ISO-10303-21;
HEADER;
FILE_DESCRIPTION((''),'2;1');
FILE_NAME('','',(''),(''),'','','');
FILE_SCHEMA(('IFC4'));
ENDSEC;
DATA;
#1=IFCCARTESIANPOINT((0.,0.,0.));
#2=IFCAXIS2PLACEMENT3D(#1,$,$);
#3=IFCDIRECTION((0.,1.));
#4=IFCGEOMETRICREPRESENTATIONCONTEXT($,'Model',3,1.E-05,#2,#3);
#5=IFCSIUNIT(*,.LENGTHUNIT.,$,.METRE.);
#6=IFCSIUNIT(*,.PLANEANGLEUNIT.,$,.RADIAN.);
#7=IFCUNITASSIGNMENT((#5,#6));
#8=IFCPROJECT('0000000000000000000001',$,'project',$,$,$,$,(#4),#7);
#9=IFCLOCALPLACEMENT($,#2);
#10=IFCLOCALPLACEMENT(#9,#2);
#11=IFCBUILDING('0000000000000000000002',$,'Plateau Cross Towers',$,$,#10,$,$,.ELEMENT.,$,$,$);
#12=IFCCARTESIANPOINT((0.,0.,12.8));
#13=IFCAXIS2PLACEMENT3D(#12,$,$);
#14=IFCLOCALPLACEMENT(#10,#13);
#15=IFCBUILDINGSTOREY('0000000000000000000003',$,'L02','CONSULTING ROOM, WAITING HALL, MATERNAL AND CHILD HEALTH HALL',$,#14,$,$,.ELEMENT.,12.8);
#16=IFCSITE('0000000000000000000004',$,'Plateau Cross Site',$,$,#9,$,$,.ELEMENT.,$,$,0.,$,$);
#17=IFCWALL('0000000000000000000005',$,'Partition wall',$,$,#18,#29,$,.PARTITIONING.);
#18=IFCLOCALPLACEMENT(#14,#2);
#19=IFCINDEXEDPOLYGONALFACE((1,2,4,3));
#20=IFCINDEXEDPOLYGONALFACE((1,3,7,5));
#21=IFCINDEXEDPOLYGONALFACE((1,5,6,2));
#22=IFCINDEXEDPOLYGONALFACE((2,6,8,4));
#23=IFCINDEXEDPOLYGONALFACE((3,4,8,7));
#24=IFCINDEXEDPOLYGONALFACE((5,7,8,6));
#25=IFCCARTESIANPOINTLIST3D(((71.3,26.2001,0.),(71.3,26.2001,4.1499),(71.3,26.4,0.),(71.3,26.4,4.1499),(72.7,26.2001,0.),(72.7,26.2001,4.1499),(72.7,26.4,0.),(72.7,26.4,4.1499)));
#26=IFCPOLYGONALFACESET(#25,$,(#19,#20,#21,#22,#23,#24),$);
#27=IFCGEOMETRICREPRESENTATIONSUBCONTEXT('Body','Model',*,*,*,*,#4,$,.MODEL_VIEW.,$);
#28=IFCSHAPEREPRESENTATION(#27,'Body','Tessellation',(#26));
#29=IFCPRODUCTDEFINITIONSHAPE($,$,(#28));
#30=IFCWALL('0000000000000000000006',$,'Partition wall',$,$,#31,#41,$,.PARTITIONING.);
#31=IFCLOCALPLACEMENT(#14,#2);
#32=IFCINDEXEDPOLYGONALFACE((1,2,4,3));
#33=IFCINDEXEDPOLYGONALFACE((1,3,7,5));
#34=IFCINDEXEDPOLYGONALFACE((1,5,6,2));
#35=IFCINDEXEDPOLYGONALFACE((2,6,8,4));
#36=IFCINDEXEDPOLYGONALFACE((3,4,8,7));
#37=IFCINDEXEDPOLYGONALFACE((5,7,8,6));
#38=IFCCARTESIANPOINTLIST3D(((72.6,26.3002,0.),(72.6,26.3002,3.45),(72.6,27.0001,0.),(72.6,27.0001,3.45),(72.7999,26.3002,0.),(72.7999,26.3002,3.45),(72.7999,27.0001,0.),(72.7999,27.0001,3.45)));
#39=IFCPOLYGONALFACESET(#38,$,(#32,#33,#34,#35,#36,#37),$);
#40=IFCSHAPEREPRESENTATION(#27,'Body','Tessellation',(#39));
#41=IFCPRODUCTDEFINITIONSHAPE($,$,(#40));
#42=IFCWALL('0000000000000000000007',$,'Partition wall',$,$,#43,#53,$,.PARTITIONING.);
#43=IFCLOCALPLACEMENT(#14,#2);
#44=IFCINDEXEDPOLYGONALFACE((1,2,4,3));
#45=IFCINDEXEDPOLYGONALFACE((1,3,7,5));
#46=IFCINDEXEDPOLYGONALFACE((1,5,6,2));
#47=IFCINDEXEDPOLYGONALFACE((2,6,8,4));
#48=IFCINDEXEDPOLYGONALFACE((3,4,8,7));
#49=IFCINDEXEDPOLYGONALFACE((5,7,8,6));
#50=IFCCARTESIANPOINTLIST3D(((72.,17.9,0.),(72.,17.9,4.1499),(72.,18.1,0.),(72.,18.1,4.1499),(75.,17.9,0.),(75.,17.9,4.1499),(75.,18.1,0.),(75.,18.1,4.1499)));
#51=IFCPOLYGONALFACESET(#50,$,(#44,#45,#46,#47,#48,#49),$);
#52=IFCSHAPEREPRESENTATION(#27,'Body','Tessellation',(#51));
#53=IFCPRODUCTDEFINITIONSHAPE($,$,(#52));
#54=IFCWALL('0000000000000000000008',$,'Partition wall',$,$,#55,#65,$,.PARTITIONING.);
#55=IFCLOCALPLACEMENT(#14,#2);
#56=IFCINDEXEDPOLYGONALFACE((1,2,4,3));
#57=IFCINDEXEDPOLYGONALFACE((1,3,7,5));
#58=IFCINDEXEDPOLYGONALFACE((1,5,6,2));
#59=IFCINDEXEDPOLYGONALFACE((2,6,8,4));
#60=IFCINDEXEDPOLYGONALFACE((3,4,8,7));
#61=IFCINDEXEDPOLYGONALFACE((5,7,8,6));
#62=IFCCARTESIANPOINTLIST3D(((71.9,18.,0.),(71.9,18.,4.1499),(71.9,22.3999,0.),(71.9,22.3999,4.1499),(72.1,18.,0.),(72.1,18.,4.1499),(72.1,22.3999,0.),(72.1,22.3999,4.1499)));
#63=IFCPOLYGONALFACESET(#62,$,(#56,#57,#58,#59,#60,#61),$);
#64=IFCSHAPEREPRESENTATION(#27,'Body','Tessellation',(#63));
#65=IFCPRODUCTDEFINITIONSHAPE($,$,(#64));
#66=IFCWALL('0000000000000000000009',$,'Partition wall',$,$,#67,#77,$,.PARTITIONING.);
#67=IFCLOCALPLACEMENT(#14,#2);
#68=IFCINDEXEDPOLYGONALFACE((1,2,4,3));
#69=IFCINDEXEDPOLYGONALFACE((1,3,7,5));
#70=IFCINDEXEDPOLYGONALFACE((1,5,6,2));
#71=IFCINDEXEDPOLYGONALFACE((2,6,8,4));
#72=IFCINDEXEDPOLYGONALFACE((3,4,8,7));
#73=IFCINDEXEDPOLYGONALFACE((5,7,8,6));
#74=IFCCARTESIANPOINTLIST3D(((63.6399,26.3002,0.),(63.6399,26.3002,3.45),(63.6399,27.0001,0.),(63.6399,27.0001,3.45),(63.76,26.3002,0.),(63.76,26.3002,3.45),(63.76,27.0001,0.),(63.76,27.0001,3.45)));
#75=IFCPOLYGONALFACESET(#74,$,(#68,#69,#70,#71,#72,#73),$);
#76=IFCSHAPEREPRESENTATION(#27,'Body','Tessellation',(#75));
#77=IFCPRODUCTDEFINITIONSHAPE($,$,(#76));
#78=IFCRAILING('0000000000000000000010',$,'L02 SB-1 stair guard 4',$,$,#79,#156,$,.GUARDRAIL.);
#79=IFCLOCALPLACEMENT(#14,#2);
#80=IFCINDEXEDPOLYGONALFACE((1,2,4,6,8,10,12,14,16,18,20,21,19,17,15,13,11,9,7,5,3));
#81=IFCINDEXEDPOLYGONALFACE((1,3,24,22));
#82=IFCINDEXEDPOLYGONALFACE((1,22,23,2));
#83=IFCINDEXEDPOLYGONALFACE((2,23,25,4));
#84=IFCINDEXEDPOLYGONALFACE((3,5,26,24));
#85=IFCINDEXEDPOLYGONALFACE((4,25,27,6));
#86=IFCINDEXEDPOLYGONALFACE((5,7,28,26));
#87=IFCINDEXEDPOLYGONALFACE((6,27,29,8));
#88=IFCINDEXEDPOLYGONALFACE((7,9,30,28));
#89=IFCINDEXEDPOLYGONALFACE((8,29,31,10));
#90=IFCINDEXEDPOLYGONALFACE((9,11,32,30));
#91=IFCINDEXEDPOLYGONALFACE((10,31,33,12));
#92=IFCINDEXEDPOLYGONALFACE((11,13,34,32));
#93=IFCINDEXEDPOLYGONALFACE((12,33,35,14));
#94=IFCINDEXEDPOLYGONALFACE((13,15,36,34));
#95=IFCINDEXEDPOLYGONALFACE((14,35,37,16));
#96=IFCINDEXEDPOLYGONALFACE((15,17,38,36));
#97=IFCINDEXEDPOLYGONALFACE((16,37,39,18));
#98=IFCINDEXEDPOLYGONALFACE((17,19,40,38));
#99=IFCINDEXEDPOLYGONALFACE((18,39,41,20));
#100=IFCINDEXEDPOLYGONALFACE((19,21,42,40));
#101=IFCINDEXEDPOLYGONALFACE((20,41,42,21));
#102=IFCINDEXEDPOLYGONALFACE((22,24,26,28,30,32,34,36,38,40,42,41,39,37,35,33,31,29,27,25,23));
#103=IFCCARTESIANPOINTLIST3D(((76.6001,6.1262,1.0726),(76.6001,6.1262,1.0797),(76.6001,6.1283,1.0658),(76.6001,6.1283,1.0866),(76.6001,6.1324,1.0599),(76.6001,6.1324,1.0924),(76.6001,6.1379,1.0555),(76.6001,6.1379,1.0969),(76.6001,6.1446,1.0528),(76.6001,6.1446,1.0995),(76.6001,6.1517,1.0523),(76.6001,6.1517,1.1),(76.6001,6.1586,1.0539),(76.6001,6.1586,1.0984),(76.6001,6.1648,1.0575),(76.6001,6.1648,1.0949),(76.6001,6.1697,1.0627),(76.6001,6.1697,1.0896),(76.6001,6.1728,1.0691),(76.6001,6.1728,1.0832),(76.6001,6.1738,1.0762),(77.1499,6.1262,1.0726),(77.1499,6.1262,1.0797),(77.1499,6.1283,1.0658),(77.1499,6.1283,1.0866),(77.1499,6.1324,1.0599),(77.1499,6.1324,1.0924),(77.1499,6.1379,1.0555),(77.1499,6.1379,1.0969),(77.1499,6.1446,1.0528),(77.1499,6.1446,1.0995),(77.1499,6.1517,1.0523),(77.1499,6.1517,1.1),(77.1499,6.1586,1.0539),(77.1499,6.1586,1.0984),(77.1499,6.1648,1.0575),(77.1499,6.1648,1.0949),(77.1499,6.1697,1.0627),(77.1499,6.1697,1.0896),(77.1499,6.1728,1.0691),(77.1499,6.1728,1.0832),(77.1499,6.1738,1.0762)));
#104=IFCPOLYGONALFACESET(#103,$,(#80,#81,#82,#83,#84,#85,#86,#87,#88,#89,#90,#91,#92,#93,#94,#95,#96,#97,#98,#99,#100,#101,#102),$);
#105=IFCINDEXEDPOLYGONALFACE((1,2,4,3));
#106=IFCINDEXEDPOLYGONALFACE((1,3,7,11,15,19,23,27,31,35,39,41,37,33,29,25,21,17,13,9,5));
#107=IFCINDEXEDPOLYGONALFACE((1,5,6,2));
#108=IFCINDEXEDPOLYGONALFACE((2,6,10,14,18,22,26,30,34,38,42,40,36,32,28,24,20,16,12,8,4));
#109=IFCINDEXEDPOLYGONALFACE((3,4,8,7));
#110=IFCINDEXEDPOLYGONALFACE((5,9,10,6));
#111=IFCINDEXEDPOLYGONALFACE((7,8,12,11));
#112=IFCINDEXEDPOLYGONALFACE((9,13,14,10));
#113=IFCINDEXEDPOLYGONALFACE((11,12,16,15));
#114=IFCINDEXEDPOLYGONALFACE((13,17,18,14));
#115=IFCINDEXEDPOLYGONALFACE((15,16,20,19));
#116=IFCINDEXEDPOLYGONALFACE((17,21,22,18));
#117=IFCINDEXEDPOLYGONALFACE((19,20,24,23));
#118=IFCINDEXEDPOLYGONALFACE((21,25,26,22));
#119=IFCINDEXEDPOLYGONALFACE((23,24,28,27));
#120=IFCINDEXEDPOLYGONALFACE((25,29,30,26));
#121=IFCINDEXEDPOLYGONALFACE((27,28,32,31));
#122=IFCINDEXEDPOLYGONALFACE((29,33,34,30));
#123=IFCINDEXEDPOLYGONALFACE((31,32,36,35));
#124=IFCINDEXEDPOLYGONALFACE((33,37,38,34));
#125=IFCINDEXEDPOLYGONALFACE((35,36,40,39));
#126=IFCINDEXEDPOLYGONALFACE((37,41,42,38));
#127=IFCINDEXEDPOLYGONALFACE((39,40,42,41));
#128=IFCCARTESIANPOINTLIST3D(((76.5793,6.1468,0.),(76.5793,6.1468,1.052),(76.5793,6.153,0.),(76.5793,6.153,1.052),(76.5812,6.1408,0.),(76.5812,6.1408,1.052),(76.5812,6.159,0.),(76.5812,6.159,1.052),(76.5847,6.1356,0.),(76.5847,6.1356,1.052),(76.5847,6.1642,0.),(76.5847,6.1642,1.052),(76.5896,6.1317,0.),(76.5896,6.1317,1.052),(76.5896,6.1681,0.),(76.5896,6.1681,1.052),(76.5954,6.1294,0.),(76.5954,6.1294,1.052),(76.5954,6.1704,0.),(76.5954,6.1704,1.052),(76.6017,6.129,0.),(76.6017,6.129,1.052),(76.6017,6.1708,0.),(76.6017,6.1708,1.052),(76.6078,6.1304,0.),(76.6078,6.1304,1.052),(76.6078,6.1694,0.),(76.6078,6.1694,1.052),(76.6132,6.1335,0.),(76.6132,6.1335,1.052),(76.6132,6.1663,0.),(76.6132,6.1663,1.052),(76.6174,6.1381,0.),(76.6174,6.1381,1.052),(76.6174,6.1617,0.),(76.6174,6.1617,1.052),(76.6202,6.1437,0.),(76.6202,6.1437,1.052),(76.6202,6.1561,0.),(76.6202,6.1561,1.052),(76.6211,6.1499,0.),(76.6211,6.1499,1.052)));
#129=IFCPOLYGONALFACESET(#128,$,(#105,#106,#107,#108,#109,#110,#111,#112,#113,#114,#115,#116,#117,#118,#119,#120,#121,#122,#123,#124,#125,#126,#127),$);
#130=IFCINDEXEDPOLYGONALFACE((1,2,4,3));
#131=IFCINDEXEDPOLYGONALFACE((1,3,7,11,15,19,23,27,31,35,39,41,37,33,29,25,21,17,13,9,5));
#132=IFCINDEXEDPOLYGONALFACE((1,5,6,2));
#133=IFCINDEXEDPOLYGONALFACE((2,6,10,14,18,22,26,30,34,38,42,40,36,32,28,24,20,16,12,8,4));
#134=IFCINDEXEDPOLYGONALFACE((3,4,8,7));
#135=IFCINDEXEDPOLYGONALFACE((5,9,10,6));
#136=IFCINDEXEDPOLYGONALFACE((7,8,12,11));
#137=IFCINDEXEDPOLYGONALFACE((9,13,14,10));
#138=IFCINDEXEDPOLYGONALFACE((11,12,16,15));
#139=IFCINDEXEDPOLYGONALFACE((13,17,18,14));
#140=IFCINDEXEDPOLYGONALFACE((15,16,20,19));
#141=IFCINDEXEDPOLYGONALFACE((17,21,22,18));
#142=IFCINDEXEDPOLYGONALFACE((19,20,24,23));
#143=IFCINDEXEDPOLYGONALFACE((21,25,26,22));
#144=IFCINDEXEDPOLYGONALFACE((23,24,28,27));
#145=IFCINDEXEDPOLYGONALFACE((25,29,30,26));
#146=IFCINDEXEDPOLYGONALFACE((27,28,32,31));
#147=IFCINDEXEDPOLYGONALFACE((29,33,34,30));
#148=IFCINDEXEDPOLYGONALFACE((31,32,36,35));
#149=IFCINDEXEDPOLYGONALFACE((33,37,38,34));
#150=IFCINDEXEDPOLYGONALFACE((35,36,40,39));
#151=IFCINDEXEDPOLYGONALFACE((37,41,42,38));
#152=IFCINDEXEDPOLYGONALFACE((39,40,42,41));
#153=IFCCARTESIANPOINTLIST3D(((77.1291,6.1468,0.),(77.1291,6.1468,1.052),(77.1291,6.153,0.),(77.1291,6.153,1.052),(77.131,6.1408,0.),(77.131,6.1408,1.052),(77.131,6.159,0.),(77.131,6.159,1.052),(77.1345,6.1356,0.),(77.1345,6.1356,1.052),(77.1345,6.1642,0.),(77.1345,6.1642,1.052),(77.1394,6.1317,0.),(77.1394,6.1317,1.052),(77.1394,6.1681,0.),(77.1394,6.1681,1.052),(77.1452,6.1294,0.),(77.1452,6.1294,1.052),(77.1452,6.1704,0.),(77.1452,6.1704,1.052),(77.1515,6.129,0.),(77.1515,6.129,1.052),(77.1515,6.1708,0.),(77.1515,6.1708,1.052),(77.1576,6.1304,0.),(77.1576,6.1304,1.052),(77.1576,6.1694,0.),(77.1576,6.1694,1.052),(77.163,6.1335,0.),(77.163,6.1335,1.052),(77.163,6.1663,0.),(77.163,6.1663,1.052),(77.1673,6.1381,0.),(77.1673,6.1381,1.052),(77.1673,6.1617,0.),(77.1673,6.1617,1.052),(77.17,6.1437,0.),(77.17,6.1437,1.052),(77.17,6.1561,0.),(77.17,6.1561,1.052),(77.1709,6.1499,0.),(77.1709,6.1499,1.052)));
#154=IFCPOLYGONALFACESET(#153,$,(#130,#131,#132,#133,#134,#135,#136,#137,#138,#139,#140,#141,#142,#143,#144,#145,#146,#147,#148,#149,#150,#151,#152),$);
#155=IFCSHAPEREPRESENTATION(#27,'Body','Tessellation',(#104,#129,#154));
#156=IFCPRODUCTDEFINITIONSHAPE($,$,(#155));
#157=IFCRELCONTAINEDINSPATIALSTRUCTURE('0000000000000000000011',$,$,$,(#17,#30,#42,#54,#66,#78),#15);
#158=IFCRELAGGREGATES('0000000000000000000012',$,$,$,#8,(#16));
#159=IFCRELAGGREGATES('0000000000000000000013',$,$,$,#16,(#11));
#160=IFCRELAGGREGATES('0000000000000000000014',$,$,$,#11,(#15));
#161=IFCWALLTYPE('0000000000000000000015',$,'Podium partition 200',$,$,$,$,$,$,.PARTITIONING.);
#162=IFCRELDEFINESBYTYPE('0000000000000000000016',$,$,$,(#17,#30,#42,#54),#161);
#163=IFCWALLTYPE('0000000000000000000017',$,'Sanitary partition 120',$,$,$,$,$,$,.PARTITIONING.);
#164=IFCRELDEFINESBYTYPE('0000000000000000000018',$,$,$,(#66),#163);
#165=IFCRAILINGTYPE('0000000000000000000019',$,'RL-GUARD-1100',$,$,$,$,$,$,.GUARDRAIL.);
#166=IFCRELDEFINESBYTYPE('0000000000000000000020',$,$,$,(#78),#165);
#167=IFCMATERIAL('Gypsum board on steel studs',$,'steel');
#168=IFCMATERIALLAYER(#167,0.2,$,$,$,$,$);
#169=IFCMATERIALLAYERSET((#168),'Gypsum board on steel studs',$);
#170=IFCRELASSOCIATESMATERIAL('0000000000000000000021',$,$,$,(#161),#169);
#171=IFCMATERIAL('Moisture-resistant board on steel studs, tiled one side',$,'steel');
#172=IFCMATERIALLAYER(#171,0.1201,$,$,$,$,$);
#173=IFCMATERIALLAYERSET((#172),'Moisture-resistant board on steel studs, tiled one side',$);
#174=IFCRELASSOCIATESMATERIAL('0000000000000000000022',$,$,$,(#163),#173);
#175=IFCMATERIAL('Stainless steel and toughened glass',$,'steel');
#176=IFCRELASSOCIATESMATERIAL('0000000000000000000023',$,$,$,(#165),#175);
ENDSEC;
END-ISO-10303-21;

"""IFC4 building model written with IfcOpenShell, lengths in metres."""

from ifc_helpers import new_model, si_unit, direction, frame, frame_2d, origin, origin_2d, place, context, subcontext, project, spatial, rectangle, circle, extrude, material, layer, layer_set, type_object, element, save


model = new_model("IFC4")

# Units and contexts
model_context = context("Model", 3, precision=1e-05, world=origin(), true_north=direction((0.0, 1.0)))
body_context = subcontext(model_context, "Body", "Model", "MODEL_VIEW")
ifc_project = project(units=[si_unit("LENGTHUNIT", "METRE"), si_unit("PLANEANGLEUNIT", "RADIAN")], contexts=[model_context])

# Site, building, storey
site_placement = place(None, origin())
site = spatial("IfcSite", under=ifc_project, at=site_placement, Name="Plateau Cross Site", CompositionType="ELEMENT", RefElevation=0.0)
building_placement = place(site_placement, origin())
building = spatial("IfcBuilding", under=site, at=building_placement, Name="Plateau Cross Towers", CompositionType="ELEMENT")
storey_placement = place(building_placement, frame((0.0, 0.0, 12.8)))
storey = spatial("IfcBuildingStorey", under=building, at=storey_placement, Name="L02", Description="CONSULTING ROOM, WAITING HALL, MATERNAL AND CHILD HEALTH HALL", CompositionType="ELEMENT", Elevation=12.8)

# Shared definitions
ifc_material_1 = material(Name="Gypsum board on steel studs", Category="steel")
ifc_layer_1 = layer(ifc_material_1, 0.2)
ifc_layer_set_1 = layer_set([ifc_layer_1], Name="Gypsum board on steel studs")
wall_type_1 = type_object("IfcWallType", Name="Podium partition 200", PredefinedType="PARTITIONING", material=ifc_layer_set_1)

# Walls
wall_1_placement = place(storey_placement, frame((71.3, 26.3, 0.0), z_axis=(0.0, 0.0, 1.0), x_axis=(1.0, 0.0, 0.0)))
element("IfcWall", 1, at=wall_1_placement, inside=storey, type_object=wall_type_1, Name="Partition wall", PredefinedType="PARTITIONING", context=body_context, shape_type="SweptSolid", body=[
    extrude(rectangle(XDim=1.3999, YDim=0.2, at=frame_2d((0.7, 0.0))), origin(), (0.0, 0.0, 1.0), 4.1499),
])
wall_2_placement = place(storey_placement, frame((72.7, 26.3, 0.0), z_axis=(0.0, 0.0, 1.0), x_axis=(0.0, 1.0, 0.0)))
element("IfcWall", 2, at=wall_2_placement, inside=storey, type_object=wall_type_1, Name="Partition wall", PredefinedType="PARTITIONING", context=body_context, shape_type="SweptSolid", body=[
    extrude(rectangle(XDim=0.7, YDim=0.2, at=frame_2d((0.3501, 0.0))), origin(), (0.0, 0.0, 1.0), 3.45),
])
wall_3_placement = place(storey_placement, frame((75.0, 18.0, 0.0), z_axis=(0.0, 0.0, 1.0), x_axis=(-1.0, 0.0, 0.0)))
element("IfcWall", 3, at=wall_3_placement, inside=storey, type_object=wall_type_1, Name="Partition wall", PredefinedType="PARTITIONING", context=body_context, shape_type="SweptSolid", body=[
    extrude(rectangle(XDim=3.0, YDim=0.2, at=frame_2d((1.5, 0.0))), origin(), (0.0, 0.0, 1.0), 4.1499),
])
wall_4_placement = place(storey_placement, frame((72.0, 18.0, 0.0), z_axis=(0.0, 0.0, 1.0), x_axis=(0.0, 1.0, 0.0)))
element("IfcWall", 4, at=wall_4_placement, inside=storey, type_object=wall_type_1, Name="Partition wall", PredefinedType="PARTITIONING", context=body_context, shape_type="SweptSolid", body=[
    extrude(rectangle(XDim=4.3999, YDim=0.2, at=frame_2d((2.2, 0.0))), origin(), (0.0, 0.0, 1.0), 4.1499),
])
ifc_material_2 = material(Name="Moisture-resistant board on steel studs, tiled one side", Category="steel")
ifc_layer_2 = layer(ifc_material_2, 0.1201)
ifc_layer_set_2 = layer_set([ifc_layer_2], Name="Moisture-resistant board on steel studs, tiled one side")
wall_type_2 = type_object("IfcWallType", Name="Sanitary partition 120", PredefinedType="PARTITIONING", material=ifc_layer_set_2)
wall_5_placement = place(storey_placement, frame((63.7, 26.3, 0.0), z_axis=(0.0, 0.0, 1.0), x_axis=(0.0, 1.0, 0.0)))
element("IfcWall", 5, at=wall_5_placement, inside=storey, type_object=wall_type_2, Name="Partition wall", PredefinedType="PARTITIONING", context=body_context, shape_type="SweptSolid", body=[
    extrude(rectangle(XDim=0.7, YDim=0.1201, at=frame_2d((0.3501, 0.0))), origin(), (0.0, 0.0, 1.0), 3.45),
])

# Railing
ifc_material_3 = material(Name="Stainless steel and toughened glass", Category="steel")
railing_type = type_object("IfcRailingType", Name="RL-GUARD-1100", PredefinedType="GUARDRAIL", material=ifc_material_3)
railing_1_placement = place(storey_placement, frame((76.6001, 6.1499, 0.0)))
element("IfcRailing", 6, at=railing_1_placement, inside=storey, type_object=railing_type, Name="L02 SB-1 stair guard 4", PredefinedType="GUARDRAIL", context=body_context, shape_type="SweptSolid", body=[
    extrude(circle(Radius=0.0239, at=origin_2d()), frame((0.0, 0.0, 1.0762), z_axis=(1.0, 0.0, 0.0), x_axis=(0.0, 1.0, 0.0)), (0.0, 0.0, 1.0), 0.5498),
    extrude(circle(Radius=0.021, at=origin_2d()), origin(), (0.0, 0.0, 1.0), 1.052),
    extrude(circle(Radius=0.021, at=origin_2d()), frame((0.5498, 0.0, 0.0)), (0.0, 0.0, 1.0), 1.052),
])

save(model, "model.ifc")
